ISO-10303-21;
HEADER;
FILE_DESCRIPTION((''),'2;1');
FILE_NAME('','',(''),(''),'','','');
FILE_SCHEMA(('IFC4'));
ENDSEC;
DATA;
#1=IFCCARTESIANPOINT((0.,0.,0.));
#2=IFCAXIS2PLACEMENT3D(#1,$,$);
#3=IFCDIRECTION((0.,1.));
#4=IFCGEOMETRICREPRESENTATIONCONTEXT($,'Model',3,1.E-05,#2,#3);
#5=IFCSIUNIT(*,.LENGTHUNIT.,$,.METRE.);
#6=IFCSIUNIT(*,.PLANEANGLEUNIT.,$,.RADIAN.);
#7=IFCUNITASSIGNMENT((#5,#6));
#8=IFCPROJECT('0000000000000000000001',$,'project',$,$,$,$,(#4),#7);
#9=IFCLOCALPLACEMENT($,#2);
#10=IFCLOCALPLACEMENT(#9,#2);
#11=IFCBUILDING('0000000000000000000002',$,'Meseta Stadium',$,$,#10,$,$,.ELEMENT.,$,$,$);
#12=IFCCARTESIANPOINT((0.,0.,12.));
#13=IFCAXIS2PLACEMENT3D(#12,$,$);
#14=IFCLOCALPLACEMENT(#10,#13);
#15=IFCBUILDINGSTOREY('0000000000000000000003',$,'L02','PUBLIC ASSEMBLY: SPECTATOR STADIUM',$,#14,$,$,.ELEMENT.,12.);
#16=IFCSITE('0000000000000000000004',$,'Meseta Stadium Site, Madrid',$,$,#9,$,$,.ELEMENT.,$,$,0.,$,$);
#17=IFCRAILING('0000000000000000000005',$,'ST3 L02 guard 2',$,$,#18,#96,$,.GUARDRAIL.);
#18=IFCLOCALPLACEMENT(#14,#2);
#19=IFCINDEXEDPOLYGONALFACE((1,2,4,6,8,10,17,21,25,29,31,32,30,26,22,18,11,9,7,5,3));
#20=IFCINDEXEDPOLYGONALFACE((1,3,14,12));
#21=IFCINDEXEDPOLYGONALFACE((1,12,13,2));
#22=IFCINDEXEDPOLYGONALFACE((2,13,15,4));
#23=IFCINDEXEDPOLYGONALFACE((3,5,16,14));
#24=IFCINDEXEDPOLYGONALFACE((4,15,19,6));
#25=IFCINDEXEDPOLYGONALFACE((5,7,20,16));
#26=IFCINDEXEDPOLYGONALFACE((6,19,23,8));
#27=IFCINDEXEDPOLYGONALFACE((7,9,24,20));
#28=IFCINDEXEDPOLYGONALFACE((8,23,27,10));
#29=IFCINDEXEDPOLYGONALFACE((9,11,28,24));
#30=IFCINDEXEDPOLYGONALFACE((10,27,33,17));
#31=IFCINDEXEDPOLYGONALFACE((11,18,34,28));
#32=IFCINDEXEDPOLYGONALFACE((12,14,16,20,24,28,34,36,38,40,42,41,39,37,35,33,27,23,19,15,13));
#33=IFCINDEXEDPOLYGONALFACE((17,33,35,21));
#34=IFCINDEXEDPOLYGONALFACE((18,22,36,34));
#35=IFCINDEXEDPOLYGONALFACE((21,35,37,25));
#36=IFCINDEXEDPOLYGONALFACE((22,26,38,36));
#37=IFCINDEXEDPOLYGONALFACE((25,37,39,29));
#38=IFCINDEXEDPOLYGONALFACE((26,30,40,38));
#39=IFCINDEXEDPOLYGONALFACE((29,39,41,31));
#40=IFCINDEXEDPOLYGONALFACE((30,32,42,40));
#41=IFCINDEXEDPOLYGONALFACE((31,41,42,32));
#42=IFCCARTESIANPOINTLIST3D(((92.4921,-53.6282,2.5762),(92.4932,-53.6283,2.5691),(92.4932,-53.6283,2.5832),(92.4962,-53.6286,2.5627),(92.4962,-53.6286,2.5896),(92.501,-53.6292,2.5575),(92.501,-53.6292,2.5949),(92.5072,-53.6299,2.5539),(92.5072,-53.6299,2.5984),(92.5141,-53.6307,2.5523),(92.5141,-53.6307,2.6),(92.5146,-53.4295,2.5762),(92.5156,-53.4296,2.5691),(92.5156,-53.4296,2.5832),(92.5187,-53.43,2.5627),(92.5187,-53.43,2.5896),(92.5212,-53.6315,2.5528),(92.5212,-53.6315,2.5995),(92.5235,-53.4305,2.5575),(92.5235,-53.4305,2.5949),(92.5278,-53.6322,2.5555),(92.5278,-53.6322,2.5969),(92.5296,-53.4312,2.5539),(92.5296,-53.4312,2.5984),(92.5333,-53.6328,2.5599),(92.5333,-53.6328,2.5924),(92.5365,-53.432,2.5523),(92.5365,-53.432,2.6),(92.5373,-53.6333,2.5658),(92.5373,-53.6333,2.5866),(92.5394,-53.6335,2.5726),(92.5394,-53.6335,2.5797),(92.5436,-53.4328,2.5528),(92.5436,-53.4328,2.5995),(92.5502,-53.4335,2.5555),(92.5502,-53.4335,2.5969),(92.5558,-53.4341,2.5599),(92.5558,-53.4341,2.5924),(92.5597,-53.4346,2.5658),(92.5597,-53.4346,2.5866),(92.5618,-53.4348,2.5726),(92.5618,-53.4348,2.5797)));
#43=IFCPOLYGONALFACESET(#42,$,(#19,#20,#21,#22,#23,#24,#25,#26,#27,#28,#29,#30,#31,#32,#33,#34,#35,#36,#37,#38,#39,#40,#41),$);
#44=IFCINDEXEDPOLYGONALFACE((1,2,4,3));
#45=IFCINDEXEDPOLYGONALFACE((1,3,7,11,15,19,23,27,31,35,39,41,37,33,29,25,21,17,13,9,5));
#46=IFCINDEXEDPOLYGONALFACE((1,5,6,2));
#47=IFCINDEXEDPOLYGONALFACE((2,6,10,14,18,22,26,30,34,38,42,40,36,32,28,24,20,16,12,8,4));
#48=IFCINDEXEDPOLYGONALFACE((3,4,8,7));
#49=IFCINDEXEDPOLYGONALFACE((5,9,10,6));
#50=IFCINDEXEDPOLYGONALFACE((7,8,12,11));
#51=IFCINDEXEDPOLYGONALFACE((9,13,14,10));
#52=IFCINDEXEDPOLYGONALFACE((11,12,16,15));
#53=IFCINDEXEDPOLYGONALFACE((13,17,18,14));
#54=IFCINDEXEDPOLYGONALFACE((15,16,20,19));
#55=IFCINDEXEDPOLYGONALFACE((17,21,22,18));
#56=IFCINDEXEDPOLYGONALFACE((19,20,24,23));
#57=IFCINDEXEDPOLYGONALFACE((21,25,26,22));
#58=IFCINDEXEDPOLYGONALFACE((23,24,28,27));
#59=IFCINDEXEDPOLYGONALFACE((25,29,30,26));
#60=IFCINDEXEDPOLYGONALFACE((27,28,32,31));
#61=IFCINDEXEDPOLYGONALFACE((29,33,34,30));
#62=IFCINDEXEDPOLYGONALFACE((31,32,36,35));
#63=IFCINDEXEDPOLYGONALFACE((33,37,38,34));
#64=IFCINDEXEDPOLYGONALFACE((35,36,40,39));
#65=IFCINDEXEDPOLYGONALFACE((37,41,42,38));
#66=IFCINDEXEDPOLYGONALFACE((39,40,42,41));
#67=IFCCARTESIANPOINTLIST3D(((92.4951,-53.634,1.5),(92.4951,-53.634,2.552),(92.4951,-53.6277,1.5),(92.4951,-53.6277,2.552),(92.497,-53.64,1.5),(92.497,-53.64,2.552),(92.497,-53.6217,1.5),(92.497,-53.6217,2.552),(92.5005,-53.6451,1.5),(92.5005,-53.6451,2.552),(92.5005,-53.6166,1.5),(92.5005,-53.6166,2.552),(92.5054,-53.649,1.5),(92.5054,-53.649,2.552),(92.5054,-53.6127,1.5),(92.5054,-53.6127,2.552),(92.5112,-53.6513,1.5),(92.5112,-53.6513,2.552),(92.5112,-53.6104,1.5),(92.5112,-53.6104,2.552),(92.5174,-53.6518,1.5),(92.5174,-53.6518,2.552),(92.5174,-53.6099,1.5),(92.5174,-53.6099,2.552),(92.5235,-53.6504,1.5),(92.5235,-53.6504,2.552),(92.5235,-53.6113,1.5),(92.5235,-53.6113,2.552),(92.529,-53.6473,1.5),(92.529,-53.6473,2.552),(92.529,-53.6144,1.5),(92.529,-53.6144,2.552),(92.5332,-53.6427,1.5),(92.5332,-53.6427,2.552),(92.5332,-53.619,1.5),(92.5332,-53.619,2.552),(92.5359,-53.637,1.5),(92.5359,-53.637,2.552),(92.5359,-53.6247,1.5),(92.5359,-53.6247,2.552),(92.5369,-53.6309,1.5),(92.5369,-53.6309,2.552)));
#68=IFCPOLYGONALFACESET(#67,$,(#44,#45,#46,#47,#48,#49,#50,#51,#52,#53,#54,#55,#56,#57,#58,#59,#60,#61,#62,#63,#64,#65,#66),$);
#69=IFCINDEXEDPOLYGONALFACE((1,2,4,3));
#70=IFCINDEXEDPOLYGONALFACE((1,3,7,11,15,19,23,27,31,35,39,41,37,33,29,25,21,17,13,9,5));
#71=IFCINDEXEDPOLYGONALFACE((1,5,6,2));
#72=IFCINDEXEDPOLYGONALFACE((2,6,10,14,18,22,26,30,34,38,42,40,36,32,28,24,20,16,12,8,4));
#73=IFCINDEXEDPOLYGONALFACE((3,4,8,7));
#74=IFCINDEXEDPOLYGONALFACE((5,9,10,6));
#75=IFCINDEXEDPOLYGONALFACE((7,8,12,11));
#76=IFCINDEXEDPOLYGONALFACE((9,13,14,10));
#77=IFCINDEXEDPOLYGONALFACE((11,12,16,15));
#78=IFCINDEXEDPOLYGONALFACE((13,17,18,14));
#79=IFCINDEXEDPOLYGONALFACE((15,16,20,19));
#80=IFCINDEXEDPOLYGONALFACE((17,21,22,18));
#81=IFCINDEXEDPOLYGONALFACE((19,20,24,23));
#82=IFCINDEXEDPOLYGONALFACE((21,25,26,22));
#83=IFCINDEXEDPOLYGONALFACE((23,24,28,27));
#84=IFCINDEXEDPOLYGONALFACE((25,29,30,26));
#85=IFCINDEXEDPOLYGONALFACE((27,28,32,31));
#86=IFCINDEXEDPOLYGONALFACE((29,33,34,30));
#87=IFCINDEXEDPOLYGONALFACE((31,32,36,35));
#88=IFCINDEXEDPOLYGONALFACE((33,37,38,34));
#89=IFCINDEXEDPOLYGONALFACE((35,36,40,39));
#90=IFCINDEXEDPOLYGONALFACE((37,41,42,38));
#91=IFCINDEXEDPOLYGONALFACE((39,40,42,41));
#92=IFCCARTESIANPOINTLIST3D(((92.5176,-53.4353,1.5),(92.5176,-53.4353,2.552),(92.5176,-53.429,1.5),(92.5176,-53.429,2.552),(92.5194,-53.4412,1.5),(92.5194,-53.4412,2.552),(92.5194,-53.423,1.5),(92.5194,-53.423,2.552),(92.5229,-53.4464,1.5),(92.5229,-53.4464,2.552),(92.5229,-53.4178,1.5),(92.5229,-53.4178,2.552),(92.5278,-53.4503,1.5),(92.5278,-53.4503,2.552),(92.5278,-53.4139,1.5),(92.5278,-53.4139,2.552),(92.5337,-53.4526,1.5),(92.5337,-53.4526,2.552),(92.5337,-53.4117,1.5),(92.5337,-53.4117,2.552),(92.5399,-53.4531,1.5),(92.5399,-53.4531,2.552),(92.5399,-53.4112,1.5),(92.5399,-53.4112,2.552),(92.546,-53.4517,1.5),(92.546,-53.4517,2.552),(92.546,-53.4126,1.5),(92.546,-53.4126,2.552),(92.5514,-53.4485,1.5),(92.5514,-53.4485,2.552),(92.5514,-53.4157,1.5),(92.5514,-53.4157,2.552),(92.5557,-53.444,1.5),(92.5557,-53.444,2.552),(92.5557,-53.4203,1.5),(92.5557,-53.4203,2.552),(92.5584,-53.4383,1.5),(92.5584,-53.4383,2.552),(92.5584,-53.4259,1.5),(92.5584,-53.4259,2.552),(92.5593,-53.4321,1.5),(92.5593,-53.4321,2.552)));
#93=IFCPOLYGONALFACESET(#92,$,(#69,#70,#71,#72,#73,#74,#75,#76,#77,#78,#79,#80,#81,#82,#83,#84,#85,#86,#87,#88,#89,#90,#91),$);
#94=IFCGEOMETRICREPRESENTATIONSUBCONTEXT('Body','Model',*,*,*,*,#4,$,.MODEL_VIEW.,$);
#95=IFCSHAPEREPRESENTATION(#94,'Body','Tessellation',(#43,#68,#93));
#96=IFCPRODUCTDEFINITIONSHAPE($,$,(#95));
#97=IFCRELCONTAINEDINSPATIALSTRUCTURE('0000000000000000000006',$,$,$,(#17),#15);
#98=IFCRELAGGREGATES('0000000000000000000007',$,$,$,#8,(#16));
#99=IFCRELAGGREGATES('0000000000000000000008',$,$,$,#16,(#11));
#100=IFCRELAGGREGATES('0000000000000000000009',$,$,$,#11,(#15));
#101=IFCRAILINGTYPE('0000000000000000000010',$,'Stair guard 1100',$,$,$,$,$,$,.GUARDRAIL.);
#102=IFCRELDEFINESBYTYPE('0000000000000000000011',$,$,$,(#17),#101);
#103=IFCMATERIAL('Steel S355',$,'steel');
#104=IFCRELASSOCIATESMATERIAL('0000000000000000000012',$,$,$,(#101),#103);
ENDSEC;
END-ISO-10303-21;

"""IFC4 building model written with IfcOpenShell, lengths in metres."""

from ifc_helpers import new_model, si_unit, direction, frame, origin, origin_2d, place, context, subcontext, project, spatial, circle, extrude, material, type_object, element, save


model = new_model("IFC4")

# Units and contexts
model_context = context("Model", 3, precision=1e-05, world=origin(), true_north=direction((0.0, 1.0)))
body_context = subcontext(model_context, "Body", "Model", "MODEL_VIEW")
ifc_project = project(units=[si_unit("LENGTHUNIT", "METRE"), si_unit("PLANEANGLEUNIT", "RADIAN")], contexts=[model_context])

# Site, building, storey
site_placement = place(None, origin())
site = spatial("IfcSite", under=ifc_project, at=site_placement, Name="Meseta Stadium Site, Madrid", CompositionType="ELEMENT", RefElevation=0.0)
building_placement = place(site_placement, origin())
building = spatial("IfcBuilding", under=site, at=building_placement, Name="Meseta Stadium", CompositionType="ELEMENT")
storey_placement = place(building_placement, frame((0.0, 0.0, 12.0)))
storey = spatial("IfcBuildingStorey", under=building, at=storey_placement, Name="L02", Description="PUBLIC ASSEMBLY: SPECTATOR STADIUM", CompositionType="ELEMENT", Elevation=12.0)

# Railing
ifc_material_1 = material(Name="Steel S355", Category="steel")
railing_type_1 = type_object("IfcRailingType", Name="Stair guard 1100", PredefinedType="GUARDRAIL", material=ifc_material_1)
railing_1_placement = place(storey_placement, frame((92.5159, -53.6309, 1.5)))
element("IfcRailing", 1, at=railing_1_placement, inside=storey, type_object=railing_type_1, Name="ST3 L02 guard 2", PredefinedType="GUARDRAIL", context=body_context, shape_type="SweptSolid", body=[
    extrude(circle(Radius=0.0239, at=origin_2d()), frame((0.0, 0.0, 1.0762), z_axis=(0.112307, 0.993674, 0.0), x_axis=(-0.993674, 0.112307, 0.0)), (0.0, 0.0, 1.0), 0.2),
    extrude(circle(Radius=0.021, at=origin_2d()), origin(), (0.0, 0.0, 1.0), 1.052),
    extrude(circle(Radius=0.021, at=origin_2d()), frame((0.0225, 0.1987, 0.0)), (0.0, 0.0, 1.0), 1.052),
])

save(model, "model.ifc")
